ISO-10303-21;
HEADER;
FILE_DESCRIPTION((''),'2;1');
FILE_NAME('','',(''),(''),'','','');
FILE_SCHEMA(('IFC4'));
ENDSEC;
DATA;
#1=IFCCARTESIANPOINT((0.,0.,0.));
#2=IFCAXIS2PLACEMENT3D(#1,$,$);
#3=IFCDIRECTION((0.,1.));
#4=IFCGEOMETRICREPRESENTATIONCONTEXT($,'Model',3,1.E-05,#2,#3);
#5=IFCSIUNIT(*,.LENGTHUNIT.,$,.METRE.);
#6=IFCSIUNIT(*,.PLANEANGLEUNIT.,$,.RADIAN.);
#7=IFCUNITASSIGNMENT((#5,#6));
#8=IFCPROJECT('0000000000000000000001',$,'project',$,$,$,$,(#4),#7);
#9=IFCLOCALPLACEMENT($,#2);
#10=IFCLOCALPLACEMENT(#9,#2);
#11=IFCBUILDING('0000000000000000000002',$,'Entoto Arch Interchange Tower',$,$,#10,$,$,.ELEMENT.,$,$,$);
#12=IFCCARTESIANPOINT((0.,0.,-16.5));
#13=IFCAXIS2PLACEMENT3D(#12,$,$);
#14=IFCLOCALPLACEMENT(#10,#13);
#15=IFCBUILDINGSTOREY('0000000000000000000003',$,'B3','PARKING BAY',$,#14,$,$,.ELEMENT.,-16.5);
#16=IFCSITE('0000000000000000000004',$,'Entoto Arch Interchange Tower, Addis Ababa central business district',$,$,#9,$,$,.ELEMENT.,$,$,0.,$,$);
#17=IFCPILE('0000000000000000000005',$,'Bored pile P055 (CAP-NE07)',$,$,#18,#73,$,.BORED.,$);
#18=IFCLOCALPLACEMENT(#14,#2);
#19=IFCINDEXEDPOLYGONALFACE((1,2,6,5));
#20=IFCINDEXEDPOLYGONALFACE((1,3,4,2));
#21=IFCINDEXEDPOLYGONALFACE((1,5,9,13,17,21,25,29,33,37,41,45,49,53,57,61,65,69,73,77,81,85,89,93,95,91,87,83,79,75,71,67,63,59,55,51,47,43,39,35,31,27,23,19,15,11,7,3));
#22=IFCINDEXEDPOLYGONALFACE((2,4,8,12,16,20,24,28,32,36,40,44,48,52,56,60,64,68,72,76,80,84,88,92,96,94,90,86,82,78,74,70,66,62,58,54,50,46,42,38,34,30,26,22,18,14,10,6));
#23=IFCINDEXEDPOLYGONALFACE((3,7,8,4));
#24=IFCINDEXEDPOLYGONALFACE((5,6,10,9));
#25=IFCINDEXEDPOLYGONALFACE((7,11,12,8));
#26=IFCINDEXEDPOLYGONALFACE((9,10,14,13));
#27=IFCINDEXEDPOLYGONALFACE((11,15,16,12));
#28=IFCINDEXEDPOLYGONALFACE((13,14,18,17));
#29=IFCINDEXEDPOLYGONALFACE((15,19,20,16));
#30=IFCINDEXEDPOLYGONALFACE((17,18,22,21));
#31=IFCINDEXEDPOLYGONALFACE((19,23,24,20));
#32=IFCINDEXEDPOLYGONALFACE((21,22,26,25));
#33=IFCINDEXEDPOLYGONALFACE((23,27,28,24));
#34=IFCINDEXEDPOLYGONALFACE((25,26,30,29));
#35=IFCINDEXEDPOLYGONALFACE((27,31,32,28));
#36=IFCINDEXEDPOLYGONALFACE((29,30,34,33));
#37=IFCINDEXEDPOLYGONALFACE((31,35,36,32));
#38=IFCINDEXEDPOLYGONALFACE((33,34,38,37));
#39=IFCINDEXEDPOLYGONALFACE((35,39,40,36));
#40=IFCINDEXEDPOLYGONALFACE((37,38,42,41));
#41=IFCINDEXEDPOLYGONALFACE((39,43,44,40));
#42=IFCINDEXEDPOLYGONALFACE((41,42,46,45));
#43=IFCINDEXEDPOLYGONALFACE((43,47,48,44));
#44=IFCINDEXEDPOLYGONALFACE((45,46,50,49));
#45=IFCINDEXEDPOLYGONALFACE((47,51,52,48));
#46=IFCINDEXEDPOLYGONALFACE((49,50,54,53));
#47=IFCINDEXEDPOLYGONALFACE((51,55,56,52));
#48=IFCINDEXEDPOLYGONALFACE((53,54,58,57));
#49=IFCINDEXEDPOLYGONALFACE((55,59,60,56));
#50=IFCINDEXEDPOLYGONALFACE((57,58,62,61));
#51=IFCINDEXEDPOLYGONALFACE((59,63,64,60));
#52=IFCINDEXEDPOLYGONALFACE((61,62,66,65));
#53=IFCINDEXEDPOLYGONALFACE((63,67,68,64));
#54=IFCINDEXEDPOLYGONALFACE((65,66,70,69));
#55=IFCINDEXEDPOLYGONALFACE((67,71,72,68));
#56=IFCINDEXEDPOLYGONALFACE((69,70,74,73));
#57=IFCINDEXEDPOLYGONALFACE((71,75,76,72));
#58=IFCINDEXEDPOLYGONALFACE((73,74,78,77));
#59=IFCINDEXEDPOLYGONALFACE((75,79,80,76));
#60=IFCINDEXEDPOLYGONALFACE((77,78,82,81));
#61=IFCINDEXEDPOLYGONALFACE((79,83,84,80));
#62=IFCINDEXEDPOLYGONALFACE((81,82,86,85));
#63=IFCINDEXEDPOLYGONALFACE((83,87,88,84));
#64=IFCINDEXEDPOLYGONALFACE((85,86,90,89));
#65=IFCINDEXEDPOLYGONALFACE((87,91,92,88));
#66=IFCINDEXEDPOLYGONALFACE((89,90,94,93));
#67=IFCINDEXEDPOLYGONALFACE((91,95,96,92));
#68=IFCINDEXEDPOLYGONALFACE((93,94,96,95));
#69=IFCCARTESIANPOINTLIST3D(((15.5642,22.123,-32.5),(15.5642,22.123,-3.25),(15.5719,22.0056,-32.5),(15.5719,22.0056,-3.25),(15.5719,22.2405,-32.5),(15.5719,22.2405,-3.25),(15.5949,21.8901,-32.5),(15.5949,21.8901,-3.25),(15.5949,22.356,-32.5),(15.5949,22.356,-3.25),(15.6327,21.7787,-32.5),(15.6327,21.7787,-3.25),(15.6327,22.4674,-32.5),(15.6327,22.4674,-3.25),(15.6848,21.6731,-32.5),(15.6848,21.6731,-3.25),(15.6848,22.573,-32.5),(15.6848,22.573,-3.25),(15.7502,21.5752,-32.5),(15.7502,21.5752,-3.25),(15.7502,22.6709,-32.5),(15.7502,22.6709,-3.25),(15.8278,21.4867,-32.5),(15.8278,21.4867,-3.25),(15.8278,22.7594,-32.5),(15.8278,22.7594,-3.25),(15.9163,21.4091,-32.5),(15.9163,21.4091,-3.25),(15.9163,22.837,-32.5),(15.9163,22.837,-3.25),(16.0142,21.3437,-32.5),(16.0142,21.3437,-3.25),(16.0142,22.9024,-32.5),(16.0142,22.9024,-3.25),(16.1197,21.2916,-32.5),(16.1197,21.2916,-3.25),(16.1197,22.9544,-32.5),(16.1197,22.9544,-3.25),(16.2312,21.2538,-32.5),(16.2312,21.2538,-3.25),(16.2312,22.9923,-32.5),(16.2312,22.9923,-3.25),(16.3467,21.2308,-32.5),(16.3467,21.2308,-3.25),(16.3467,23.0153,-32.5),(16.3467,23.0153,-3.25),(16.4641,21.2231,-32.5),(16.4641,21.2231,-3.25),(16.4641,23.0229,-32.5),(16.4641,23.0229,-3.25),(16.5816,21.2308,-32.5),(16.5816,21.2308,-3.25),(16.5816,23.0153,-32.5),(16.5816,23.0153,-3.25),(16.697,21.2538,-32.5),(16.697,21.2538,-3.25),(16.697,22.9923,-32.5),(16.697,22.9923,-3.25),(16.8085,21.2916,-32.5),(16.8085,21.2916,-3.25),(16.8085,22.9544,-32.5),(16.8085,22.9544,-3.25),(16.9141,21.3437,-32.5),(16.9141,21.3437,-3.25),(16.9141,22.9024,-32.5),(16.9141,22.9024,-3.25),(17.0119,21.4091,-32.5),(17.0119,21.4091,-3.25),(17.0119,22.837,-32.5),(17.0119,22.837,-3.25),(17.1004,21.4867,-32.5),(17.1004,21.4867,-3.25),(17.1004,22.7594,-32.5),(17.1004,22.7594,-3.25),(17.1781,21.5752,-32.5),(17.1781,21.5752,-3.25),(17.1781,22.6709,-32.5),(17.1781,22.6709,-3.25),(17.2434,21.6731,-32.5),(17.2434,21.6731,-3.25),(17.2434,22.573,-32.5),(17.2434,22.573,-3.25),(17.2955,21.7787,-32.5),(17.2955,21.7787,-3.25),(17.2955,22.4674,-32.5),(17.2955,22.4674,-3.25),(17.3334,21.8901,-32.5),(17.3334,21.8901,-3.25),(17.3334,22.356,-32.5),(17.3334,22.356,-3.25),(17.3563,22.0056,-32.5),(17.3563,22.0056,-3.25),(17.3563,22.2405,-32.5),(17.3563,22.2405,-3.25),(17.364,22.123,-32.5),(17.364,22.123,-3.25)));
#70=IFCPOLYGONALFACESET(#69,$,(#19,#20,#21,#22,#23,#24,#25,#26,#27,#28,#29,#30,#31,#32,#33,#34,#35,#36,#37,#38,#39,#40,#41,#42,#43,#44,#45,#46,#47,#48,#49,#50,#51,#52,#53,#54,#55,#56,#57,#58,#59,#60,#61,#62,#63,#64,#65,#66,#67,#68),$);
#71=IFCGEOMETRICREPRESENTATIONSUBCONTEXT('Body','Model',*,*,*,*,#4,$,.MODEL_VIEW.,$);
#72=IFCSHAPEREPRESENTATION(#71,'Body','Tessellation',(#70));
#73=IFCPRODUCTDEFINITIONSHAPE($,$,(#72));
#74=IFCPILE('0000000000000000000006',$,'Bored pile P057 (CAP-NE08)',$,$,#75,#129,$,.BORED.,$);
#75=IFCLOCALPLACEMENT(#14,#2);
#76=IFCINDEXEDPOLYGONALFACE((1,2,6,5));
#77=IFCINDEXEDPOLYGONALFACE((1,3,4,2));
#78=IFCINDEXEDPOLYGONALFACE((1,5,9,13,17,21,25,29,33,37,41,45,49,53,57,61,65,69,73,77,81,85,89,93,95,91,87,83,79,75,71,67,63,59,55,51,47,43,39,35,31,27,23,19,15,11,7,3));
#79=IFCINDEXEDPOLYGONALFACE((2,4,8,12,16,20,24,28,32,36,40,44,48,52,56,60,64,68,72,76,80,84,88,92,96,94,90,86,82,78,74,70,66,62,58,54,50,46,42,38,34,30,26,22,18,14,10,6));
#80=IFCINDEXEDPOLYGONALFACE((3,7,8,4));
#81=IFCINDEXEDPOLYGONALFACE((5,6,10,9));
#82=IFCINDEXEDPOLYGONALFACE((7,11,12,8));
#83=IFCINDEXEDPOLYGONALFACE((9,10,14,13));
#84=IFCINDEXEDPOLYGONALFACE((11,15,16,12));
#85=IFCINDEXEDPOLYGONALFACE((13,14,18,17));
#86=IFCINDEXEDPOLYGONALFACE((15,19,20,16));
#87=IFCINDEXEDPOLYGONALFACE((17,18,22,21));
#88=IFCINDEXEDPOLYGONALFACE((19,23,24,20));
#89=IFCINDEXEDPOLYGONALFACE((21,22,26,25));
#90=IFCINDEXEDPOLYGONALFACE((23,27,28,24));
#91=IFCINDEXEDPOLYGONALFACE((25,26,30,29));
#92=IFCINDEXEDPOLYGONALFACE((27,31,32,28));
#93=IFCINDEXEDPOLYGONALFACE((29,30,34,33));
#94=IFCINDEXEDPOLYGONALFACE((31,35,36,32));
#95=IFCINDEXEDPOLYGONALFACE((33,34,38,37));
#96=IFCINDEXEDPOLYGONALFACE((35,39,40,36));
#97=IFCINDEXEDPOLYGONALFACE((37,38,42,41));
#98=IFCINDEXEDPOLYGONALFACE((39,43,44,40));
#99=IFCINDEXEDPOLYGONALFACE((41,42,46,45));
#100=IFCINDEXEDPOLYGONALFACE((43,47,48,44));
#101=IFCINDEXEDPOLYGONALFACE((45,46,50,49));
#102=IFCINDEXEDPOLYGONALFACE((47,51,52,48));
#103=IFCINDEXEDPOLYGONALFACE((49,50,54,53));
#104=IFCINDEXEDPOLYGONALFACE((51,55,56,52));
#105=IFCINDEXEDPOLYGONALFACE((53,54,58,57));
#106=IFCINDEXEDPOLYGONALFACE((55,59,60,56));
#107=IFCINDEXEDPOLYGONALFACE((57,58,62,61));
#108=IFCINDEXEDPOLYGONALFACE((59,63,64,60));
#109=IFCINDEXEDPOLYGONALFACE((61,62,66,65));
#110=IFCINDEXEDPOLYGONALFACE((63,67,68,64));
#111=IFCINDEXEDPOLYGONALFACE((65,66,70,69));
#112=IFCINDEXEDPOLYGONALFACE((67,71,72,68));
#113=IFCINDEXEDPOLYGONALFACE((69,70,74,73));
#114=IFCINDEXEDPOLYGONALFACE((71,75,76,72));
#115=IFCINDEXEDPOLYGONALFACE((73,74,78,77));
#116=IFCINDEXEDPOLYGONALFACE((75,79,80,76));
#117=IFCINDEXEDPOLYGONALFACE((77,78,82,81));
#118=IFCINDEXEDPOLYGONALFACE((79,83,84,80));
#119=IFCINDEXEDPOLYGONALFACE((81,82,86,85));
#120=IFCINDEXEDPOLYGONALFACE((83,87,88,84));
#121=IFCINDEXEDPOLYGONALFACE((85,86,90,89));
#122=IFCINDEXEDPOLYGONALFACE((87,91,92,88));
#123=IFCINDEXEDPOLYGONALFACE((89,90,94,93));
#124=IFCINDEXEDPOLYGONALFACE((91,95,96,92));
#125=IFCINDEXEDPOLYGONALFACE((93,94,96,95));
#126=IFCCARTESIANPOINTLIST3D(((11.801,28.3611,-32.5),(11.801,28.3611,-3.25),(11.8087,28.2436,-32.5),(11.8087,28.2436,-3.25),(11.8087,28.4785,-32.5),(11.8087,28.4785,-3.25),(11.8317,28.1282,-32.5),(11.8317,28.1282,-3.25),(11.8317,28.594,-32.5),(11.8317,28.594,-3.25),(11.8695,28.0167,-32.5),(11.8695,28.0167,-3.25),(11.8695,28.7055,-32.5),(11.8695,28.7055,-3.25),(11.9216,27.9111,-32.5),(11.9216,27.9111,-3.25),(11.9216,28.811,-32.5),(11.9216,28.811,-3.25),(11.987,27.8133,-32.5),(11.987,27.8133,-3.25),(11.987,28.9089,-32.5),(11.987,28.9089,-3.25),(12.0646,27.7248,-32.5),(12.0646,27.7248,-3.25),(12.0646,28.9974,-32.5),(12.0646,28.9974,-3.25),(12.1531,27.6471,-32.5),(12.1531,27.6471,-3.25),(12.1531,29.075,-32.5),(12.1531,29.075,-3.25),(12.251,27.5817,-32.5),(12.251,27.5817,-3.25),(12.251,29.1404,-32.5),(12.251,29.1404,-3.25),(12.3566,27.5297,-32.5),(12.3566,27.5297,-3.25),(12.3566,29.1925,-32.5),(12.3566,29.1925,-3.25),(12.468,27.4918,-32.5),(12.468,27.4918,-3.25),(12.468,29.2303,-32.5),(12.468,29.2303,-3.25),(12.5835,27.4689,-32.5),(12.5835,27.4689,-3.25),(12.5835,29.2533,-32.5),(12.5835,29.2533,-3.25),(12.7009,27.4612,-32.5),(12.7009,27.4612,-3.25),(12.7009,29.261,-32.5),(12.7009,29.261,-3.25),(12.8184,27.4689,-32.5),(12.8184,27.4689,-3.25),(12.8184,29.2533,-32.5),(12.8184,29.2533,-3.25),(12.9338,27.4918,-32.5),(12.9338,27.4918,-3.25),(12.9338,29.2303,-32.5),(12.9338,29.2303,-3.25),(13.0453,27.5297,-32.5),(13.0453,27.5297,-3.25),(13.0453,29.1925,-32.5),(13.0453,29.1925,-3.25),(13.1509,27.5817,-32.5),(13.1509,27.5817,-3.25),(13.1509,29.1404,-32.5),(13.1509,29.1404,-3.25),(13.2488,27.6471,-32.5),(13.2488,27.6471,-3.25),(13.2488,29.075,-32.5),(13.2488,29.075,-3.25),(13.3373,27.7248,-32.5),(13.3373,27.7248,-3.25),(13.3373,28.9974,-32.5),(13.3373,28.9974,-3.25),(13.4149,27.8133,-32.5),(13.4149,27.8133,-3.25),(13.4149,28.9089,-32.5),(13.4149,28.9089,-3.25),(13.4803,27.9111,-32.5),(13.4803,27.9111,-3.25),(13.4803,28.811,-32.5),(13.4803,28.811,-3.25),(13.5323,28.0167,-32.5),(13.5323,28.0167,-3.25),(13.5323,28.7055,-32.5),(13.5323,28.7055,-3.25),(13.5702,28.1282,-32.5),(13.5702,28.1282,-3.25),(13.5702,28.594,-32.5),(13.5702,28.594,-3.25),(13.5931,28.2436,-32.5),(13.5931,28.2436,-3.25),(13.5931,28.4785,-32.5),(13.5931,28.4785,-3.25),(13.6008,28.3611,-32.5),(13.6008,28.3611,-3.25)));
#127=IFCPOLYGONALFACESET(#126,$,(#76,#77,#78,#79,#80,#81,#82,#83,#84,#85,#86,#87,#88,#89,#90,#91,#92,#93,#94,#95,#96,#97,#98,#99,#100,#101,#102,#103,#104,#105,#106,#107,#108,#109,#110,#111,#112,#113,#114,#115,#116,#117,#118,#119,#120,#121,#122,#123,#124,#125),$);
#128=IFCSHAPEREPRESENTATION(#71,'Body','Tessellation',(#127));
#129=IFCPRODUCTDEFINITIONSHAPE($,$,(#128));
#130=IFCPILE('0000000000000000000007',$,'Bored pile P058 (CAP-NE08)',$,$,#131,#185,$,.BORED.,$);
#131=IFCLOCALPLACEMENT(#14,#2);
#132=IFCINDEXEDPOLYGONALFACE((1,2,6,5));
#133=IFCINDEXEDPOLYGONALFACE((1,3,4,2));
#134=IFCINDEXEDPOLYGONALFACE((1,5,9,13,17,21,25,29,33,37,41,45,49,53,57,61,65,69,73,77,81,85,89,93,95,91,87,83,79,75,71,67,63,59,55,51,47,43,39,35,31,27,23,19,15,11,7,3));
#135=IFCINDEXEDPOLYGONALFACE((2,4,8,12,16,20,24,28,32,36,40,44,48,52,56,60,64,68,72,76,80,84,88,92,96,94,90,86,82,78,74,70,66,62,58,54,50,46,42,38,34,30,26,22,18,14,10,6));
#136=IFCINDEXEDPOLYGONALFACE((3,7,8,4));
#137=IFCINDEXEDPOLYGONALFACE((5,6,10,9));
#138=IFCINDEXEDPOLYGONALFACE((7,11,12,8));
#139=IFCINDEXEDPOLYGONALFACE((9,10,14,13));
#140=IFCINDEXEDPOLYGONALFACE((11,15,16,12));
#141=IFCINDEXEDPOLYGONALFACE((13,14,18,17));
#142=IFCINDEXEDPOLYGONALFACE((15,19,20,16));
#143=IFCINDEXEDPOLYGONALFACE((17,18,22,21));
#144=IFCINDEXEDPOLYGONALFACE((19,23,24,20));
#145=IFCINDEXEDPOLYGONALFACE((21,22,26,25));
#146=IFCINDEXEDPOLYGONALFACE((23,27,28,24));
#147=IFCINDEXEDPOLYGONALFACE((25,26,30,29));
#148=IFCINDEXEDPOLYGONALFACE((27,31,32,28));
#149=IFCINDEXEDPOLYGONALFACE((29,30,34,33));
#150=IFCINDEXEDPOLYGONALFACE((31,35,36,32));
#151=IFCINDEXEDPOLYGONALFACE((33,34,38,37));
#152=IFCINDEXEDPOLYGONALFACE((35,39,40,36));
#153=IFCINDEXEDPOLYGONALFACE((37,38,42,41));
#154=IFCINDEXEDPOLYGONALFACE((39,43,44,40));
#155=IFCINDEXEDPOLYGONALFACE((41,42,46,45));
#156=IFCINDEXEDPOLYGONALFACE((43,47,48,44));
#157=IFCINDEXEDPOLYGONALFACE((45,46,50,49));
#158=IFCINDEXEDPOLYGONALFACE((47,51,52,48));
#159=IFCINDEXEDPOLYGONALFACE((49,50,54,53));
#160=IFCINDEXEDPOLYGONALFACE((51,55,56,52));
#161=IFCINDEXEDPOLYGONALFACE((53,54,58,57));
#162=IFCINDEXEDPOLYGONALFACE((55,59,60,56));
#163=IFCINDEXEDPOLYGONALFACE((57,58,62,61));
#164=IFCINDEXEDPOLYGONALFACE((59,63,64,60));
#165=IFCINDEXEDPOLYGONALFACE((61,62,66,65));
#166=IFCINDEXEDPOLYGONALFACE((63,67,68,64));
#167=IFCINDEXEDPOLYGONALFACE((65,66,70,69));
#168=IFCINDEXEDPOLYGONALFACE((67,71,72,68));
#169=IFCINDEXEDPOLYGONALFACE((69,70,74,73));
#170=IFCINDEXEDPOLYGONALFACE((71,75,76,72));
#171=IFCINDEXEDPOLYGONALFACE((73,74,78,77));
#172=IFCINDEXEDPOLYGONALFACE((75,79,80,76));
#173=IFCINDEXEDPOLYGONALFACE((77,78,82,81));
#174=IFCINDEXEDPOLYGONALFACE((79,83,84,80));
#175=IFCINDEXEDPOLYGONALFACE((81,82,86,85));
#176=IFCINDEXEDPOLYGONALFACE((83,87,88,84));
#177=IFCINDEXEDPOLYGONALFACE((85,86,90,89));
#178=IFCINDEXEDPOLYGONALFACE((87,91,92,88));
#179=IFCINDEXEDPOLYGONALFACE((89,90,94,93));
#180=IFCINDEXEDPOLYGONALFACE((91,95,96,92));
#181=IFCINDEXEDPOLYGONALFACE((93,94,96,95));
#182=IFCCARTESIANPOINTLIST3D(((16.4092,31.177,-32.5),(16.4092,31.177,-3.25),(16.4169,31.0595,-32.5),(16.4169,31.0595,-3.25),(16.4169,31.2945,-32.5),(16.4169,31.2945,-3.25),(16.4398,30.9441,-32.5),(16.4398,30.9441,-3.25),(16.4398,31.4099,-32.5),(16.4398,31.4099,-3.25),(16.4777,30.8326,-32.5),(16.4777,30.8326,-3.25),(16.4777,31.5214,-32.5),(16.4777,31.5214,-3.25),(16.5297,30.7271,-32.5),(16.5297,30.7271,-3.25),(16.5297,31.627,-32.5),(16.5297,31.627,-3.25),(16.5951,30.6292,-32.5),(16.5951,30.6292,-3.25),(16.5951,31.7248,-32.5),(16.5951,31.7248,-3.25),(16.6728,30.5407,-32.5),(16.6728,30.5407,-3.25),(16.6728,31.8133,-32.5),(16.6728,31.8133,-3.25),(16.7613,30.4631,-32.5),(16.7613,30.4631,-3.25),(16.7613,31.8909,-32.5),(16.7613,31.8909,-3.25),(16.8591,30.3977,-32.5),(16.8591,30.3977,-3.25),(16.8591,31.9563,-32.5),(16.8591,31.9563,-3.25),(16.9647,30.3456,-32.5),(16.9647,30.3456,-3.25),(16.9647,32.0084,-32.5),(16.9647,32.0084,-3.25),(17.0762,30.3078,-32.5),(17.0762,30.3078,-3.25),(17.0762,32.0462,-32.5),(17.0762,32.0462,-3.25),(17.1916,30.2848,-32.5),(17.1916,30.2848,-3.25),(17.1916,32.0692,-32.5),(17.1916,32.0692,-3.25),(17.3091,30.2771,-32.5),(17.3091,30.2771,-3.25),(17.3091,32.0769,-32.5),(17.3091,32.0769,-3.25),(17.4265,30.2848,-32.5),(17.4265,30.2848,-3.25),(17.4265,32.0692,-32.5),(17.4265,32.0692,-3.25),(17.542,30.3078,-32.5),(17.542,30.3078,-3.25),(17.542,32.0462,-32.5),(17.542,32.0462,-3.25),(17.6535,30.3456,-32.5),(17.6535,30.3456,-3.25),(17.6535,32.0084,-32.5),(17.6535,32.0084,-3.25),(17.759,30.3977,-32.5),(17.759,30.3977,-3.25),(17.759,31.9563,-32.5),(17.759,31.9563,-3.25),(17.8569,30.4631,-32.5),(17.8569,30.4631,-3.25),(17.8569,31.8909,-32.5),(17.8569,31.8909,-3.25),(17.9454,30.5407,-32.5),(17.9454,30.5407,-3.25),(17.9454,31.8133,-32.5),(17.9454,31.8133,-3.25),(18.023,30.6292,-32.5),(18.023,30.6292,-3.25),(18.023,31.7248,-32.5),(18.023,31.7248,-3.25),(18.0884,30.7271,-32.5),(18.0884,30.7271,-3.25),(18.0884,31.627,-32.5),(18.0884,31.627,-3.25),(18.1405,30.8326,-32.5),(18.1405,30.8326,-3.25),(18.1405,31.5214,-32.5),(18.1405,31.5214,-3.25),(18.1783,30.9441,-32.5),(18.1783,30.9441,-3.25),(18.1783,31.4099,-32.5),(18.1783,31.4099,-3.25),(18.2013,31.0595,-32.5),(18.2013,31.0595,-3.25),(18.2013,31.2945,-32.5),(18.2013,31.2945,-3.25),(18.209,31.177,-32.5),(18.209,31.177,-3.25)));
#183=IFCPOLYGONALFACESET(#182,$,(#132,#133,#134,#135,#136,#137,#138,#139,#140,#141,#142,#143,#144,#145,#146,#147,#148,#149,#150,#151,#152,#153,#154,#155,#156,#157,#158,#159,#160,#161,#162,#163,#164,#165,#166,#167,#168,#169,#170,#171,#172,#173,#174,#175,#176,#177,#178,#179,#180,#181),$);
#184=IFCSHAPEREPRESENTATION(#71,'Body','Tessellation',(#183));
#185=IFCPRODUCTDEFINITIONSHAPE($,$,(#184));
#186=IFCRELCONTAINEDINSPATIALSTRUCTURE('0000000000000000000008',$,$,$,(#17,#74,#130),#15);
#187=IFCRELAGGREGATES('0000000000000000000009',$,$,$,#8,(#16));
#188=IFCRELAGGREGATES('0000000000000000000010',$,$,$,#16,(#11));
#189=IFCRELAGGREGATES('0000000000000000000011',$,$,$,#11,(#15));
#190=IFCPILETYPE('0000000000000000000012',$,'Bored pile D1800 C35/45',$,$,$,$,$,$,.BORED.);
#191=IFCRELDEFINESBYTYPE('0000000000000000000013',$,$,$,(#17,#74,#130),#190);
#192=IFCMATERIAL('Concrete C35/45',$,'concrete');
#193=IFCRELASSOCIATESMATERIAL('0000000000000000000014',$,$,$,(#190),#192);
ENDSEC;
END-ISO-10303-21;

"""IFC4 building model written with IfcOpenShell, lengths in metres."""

from ifc_helpers import new_model, si_unit, direction, frame, origin, origin_2d, place, context, subcontext, project, spatial, circle, extrude, material, material_profile, profile_set, type_object, element, save


model = new_model("IFC4")

# Units and contexts
model_context = context("Model", 3, precision=1e-05, world=origin(), true_north=direction((0.0, 1.0)))
body_context = subcontext(model_context, "Body", "Model", "MODEL_VIEW")
ifc_project = project(units=[si_unit("LENGTHUNIT", "METRE"), si_unit("PLANEANGLEUNIT", "RADIAN")], contexts=[model_context])

# Site, building, storey
site_placement = place(None, origin())
site = spatial("IfcSite", under=ifc_project, at=site_placement, Name="Entoto Arch Interchange Tower, Addis Ababa central business district", CompositionType="ELEMENT", RefElevation=0.0)
building_placement = place(site_placement, origin())
building = spatial("IfcBuilding", under=site, at=building_placement, Name="Entoto Arch Interchange Tower", CompositionType="ELEMENT")
storey_placement = place(building_placement, frame((0.0, 0.0, -16.5)))
storey = spatial("IfcBuildingStorey", under=building, at=storey_placement, Name="B3", Description="PARKING BAY", CompositionType="ELEMENT", Elevation=-16.5)

# Piles
ifc_material_1 = material(Name="Concrete C35/45", Category="concrete")
ifc_material_profile_1 = material_profile(ifc_material_1, circle(Radius=0.8999, at=origin_2d()))
ifc_profile_set_1 = profile_set([ifc_material_profile_1], Name="Concrete C35/45")
pile_type = type_object("IfcPileType", Name="Bored pile D1800 C35/45", PredefinedType="BORED", material=ifc_profile_set_1)
for number, where, z_axis, x_axis, name in (
    (1, (16.4641, 22.123, -3.25), (0.0, 0.0, -1.0), (1.0, 0.0, 0.0), "Bored pile P055 (CAP-NE07)"),
    (2, (12.7009, 28.3611, -3.25), (0.0, 0.0, -1.0), (1.0, 0.0, 0.0), "Bored pile P057 (CAP-NE08)"),
    (3, (17.3091, 31.177, -3.25), (0.0, 0.0, -1.0), (1.0, 0.0, 0.0), "Bored pile P058 (CAP-NE08)"),
):
    element("IfcPile", number, at=place(storey_placement, frame(where, z_axis=z_axis, x_axis=x_axis)), inside=storey, type_object=pile_type, Name=name, PredefinedType="BORED", context=body_context, shape_type="SweptSolid", body=[
        extrude(circle(Radius=0.8999, at=origin_2d()), origin(), (0.0, 0.0, 1.0), 29.25),
    ])

save(model, "model.ifc")
